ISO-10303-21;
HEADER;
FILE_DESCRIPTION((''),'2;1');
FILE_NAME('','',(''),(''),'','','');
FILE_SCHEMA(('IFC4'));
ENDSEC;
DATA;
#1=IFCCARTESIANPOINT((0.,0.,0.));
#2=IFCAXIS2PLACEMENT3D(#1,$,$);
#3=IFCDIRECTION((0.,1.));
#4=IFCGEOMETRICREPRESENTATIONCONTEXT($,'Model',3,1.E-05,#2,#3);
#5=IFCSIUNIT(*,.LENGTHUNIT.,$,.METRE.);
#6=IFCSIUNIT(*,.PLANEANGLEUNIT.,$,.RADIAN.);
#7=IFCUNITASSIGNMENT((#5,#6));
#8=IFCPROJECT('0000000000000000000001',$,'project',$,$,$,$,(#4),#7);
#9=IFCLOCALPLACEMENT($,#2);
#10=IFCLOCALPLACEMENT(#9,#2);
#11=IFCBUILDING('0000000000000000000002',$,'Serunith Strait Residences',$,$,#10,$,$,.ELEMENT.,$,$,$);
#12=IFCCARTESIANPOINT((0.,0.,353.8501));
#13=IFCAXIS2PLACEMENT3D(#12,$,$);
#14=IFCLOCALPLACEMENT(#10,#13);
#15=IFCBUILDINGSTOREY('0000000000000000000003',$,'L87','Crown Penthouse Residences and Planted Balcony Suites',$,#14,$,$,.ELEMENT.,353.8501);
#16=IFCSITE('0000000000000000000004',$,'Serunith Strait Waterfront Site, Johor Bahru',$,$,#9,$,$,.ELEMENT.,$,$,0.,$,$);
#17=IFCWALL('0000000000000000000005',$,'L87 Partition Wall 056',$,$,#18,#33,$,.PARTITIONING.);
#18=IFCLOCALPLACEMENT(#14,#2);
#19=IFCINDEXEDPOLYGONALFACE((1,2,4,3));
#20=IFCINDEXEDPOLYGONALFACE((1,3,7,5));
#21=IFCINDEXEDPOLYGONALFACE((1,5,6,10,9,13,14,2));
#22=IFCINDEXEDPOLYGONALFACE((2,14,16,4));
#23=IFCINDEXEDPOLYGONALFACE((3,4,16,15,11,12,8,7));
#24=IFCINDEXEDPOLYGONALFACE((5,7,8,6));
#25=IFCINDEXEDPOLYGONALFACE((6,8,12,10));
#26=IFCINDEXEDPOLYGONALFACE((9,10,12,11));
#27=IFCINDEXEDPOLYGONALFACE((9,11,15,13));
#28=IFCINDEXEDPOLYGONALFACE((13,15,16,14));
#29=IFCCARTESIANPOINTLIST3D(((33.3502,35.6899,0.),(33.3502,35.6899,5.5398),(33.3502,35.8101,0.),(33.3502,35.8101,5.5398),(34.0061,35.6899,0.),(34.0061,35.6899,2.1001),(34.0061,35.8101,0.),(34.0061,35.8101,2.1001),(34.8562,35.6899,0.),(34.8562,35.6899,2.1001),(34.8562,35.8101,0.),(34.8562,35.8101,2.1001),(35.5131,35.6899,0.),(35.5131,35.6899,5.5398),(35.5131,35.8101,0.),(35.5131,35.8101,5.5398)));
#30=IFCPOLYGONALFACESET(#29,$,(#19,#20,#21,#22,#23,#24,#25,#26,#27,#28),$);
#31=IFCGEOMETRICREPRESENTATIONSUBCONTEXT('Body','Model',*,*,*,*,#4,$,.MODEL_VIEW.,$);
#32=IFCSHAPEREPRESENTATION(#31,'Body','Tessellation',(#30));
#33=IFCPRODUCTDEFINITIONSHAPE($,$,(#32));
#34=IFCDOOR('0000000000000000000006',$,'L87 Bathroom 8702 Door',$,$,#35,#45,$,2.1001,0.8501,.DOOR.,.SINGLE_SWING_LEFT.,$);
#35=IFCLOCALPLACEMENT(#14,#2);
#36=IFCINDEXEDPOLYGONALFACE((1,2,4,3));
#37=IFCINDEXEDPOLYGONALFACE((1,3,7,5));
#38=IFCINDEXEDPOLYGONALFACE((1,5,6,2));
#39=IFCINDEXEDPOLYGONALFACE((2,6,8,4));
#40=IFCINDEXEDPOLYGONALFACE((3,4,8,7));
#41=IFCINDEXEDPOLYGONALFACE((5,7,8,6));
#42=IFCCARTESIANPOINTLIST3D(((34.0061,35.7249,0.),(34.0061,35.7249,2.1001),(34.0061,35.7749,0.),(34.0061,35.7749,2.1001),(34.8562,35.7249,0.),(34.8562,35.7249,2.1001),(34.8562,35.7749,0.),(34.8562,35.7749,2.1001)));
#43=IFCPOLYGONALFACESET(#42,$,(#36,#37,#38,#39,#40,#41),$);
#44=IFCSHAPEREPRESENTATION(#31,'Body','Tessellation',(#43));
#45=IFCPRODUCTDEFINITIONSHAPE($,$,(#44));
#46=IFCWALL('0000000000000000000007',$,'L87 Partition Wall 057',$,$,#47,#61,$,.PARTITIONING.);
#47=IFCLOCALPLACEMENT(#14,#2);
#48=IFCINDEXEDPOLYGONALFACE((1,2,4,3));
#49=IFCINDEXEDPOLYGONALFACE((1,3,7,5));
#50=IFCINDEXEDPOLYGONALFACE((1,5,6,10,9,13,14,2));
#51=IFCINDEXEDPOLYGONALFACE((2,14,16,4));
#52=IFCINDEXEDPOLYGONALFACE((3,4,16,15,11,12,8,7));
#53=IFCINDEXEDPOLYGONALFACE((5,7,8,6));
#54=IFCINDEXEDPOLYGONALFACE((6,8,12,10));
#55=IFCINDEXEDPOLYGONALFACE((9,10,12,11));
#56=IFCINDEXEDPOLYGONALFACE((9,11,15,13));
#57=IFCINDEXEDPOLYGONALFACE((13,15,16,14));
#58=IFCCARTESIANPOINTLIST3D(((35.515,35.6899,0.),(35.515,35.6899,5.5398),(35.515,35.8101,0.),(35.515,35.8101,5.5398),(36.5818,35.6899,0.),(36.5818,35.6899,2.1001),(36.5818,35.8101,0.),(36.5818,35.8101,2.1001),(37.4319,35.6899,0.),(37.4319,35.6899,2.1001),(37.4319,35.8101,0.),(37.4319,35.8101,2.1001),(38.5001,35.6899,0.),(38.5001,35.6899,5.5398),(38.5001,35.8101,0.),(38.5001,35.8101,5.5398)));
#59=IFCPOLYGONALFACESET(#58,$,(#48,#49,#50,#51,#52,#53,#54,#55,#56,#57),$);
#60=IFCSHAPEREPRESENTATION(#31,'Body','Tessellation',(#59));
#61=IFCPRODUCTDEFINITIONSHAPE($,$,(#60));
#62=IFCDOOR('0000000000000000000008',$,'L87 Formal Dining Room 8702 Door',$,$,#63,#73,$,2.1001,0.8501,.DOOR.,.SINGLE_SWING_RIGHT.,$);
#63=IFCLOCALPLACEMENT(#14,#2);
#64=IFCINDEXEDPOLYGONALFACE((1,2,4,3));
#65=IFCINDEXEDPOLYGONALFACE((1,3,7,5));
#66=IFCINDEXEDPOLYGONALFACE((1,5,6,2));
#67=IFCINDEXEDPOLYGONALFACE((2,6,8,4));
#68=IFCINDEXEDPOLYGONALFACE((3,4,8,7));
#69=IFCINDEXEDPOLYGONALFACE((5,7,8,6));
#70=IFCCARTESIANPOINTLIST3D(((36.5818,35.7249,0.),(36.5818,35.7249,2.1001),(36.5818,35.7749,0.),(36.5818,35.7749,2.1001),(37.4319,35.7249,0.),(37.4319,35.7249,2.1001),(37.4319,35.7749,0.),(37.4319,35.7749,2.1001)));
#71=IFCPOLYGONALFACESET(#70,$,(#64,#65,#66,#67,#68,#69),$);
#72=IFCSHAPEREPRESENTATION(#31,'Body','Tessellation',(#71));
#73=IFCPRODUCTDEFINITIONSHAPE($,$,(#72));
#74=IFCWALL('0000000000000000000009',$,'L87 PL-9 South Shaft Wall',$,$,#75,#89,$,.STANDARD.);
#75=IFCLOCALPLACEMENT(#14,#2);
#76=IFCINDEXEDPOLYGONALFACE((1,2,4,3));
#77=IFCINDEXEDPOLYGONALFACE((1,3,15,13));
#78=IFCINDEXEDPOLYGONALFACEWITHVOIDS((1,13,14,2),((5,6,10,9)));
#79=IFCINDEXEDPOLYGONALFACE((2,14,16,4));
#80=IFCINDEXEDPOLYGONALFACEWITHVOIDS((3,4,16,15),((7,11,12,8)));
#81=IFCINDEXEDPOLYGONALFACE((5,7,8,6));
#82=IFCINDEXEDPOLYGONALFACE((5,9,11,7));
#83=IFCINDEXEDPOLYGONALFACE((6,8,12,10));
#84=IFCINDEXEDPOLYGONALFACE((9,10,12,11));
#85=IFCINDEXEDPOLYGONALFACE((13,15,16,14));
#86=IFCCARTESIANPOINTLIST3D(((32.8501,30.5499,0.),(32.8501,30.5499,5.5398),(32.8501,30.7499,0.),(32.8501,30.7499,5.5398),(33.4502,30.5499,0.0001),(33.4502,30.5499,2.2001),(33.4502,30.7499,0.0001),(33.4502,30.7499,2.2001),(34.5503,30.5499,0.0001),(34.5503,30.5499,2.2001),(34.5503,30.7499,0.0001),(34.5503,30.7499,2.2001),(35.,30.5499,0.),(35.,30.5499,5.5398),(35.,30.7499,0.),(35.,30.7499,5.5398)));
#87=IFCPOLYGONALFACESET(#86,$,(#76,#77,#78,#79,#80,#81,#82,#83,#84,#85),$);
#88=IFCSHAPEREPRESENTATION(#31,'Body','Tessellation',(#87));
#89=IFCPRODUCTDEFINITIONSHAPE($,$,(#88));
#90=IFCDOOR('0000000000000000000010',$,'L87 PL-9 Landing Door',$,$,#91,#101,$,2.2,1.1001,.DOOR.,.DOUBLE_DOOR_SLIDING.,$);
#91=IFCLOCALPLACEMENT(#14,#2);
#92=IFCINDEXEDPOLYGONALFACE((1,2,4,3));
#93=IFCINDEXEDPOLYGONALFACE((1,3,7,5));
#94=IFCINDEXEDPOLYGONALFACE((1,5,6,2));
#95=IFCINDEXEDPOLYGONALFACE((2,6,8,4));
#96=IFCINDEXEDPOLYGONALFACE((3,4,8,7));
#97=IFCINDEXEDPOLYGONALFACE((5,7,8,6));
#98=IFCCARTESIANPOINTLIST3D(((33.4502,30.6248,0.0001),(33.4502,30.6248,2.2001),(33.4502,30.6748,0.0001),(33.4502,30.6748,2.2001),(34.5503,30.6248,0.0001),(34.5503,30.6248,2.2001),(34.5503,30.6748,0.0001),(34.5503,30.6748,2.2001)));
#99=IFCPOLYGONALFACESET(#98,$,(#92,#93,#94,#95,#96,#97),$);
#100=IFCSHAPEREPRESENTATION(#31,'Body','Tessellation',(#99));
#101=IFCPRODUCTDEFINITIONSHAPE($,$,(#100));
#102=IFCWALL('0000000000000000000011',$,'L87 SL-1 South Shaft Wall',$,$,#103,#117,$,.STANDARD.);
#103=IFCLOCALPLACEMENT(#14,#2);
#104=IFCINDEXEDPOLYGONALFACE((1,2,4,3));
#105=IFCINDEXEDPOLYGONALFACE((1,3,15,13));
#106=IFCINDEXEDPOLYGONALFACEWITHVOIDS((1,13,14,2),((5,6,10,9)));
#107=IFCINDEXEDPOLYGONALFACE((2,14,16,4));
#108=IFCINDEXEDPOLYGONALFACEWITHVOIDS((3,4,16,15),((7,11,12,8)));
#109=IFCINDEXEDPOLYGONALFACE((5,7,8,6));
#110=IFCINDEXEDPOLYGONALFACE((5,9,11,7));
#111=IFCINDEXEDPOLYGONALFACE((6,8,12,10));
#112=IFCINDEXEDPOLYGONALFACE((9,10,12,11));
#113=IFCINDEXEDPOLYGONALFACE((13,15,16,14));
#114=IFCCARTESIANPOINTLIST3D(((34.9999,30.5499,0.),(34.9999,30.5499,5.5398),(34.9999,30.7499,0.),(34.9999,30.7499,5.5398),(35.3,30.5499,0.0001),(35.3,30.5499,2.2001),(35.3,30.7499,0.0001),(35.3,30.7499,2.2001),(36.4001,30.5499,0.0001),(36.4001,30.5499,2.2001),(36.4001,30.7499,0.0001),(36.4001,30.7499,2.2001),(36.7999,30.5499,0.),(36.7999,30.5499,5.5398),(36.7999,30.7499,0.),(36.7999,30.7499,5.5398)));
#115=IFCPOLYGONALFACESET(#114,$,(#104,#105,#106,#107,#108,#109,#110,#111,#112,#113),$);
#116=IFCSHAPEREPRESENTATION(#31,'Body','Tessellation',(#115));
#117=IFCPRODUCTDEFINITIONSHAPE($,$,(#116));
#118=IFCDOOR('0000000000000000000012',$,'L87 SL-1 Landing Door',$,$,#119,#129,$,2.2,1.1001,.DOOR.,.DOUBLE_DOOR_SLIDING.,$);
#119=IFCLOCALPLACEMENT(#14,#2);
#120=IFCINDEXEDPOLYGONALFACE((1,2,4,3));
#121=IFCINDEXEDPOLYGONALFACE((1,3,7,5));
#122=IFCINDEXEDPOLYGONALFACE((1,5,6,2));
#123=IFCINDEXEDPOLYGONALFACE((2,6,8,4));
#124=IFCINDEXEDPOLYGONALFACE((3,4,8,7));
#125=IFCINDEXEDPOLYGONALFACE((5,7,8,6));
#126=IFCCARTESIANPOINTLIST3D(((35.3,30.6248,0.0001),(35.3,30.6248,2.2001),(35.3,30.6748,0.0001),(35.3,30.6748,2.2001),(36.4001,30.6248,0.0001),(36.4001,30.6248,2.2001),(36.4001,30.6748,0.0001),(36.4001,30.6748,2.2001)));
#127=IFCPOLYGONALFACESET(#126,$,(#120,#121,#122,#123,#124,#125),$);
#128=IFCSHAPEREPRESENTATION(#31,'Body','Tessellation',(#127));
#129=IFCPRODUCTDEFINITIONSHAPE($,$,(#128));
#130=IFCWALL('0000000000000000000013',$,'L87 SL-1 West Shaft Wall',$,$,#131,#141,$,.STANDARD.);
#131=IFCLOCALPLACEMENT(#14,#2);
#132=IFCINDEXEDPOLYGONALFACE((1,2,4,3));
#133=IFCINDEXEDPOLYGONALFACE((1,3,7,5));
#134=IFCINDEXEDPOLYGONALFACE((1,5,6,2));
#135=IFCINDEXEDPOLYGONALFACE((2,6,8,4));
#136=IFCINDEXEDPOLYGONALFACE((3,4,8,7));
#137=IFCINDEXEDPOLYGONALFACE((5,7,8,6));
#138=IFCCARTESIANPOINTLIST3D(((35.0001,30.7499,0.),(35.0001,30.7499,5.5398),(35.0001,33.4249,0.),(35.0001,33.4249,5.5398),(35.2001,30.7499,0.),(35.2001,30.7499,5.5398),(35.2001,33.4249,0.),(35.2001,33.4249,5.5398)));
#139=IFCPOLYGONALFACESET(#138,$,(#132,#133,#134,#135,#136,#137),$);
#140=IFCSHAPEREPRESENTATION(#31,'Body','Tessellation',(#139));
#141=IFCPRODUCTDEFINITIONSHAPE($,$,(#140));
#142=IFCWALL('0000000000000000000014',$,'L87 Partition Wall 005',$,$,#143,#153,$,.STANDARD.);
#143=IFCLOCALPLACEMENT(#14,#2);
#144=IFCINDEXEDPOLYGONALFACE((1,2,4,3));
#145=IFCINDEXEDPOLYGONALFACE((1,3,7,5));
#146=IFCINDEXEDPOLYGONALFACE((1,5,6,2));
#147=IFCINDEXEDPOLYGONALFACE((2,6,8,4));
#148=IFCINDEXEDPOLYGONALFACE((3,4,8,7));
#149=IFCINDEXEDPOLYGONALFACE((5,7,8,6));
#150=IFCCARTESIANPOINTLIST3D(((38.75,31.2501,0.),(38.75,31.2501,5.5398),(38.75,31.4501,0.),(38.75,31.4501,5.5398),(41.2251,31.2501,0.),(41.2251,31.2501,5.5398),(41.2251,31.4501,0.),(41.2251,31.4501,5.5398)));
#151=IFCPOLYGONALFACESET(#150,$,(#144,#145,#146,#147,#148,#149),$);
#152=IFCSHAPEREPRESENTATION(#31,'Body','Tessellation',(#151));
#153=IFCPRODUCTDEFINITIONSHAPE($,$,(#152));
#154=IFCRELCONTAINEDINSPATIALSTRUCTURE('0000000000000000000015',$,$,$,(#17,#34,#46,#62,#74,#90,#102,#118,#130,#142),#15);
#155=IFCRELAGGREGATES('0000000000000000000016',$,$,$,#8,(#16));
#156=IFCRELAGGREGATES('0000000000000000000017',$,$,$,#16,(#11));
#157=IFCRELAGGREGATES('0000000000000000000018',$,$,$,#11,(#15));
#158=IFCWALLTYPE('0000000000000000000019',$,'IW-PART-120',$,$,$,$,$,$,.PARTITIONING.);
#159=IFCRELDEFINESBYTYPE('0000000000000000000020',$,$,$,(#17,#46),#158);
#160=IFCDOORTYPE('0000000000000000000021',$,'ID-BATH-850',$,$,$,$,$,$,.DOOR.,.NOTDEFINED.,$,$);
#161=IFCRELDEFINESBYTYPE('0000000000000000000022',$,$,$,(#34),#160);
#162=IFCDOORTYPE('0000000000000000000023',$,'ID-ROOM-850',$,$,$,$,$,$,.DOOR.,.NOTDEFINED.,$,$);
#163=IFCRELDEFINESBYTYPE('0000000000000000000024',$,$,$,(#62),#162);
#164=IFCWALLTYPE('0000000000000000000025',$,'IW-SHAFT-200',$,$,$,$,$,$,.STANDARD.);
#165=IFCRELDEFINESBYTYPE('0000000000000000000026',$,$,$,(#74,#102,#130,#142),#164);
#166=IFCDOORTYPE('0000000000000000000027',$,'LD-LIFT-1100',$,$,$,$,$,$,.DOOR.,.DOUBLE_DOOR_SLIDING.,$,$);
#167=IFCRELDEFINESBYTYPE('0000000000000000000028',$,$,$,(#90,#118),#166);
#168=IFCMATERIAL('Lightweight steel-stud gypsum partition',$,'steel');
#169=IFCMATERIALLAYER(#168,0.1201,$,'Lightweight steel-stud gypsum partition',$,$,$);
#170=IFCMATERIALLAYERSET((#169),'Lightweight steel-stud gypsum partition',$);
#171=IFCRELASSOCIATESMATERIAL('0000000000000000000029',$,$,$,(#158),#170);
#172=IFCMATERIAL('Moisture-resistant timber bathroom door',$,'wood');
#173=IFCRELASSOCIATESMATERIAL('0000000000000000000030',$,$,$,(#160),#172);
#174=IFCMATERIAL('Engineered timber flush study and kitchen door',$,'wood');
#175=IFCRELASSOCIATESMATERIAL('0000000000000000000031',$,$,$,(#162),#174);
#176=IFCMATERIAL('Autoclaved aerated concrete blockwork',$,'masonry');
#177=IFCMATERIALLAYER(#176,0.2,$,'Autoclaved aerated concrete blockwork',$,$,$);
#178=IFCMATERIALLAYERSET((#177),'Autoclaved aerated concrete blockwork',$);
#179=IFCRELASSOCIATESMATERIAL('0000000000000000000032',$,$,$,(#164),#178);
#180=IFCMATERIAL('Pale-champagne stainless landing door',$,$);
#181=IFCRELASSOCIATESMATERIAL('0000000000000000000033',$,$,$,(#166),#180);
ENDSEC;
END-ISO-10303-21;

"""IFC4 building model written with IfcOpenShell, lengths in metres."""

from ifc_helpers import new_model, si_unit, direction, frame, frame_2d, origin, place, context, subcontext, project, spatial, rectangle, extrude, source, transform, mapped, material, layer, layer_set, type_object, element, fill, save


model = new_model("IFC4")

# Units and contexts
model_context = context("Model", 3, precision=1e-05, world=origin(), true_north=direction((0.0, 1.0)))
body_context = subcontext(model_context, "Body", "Model", "MODEL_VIEW")
ifc_project = project(units=[si_unit("LENGTHUNIT", "METRE"), si_unit("PLANEANGLEUNIT", "RADIAN")], contexts=[model_context])

# Site, building, storey
site_placement = place(None, origin())
site = spatial("IfcSite", under=ifc_project, at=site_placement, Name="Serunith Strait Waterfront Site, Johor Bahru", CompositionType="ELEMENT", RefElevation=0.0)
building_placement = place(site_placement, origin())
building = spatial("IfcBuilding", under=site, at=building_placement, Name="Serunith Strait Residences", CompositionType="ELEMENT")
storey_placement = place(building_placement, frame((0.0, 0.0, 353.8501)))
storey = spatial("IfcBuildingStorey", under=building, at=storey_placement, Name="L87", Description="Crown Penthouse Residences and Planted Balcony Suites", CompositionType="ELEMENT", Elevation=353.8501)

# Walls, openings, doors
shared_shape_1 = source(origin(), body_context, "Body", "SweptSolid", [
    extrude(rectangle(XDim=0.8501, YDim=2.1001, at=frame_2d((0.425, 1.05))), frame((0.0, 0.0249, 0.0), z_axis=(0.0, -1.0, 0.0), x_axis=(1.0, 0.0, 0.0)), (0.0, 0.0, 1.0), 0.05),
])
ifc_material_1 = material(Name="Lightweight steel-stud gypsum partition", Category="steel")
ifc_layer_1 = layer(ifc_material_1, 0.1201, Name="Lightweight steel-stud gypsum partition")
ifc_layer_set_1 = layer_set([ifc_layer_1], Name="Lightweight steel-stud gypsum partition")
wall_type_1 = type_object("IfcWallType", Name="IW-PART-120", PredefinedType="PARTITIONING", material=ifc_layer_set_1)
wall_1_placement = place(storey_placement, frame((33.3501, 35.75, 0.0), z_axis=(0.0, 0.0, 1.0), x_axis=(1.0, 0.0, 0.0)))
wall_1 = element("IfcWall", 1, at=wall_1_placement, inside=storey, type_object=wall_type_1, Name="L87 Partition Wall 056", PredefinedType="PARTITIONING", context=body_context, shape_type="SweptSolid", body=[
    extrude(rectangle(XDim=2.1628, YDim=0.1201, at=frame_2d((1.0815, 0.0))), origin(), (0.0, 0.0, 1.0), 5.5398),
])
opening_1_placement = place(wall_1_placement, frame((0.656, 0.0, 0.0)))
opening_1 = element("IfcOpeningElement", 2, at=opening_1_placement, cuts=wall_1, PredefinedType="OPENING", context=body_context, shape_type="SweptSolid", body=[
    extrude(rectangle(XDim=0.8501, YDim=2.1001, at=frame_2d((0.425, 1.05))), frame((0.0, 0.0701, 0.0), z_axis=(0.0, -1.0, 0.0), x_axis=(1.0, 0.0, 0.0)), (0.0, 0.0, 1.0), 0.1401),
])
ifc_material_2 = material(Name="Moisture-resistant timber bathroom door", Category="wood")
door_type_1 = type_object("IfcDoorType", Name="ID-BATH-850", OperationType="NOTDEFINED", PredefinedType="DOOR", material=ifc_material_2)
door_1_placement = place(opening_1_placement, origin())
door_1 = element("IfcDoor", 3, at=door_1_placement, inside=storey, type_object=door_type_1, Name="L87 Bathroom 8702 Door", OperationType="SINGLE_SWING_LEFT", OverallHeight=2.1001, OverallWidth=0.8501, PredefinedType="DOOR", context=body_context, shape_type="MappedRepresentation", body=[
    mapped(shared_shape_1, transform((0.0, 0.0, 0.0), scale=1.0)),
])
fill(opening_1, door_1)
wall_2_placement = place(storey_placement, frame((35.5149, 35.75, 0.0), z_axis=(0.0, 0.0, 1.0), x_axis=(1.0, 0.0, 0.0)))
wall_2 = element("IfcWall", 4, at=wall_2_placement, inside=storey, type_object=wall_type_1, Name="L87 Partition Wall 057", PredefinedType="PARTITIONING", context=body_context, shape_type="SweptSolid", body=[
    extrude(rectangle(XDim=2.9851, YDim=0.1201, at=frame_2d((1.4927, 0.0))), origin(), (0.0, 0.0, 1.0), 5.5398),
])
opening_2_placement = place(wall_2_placement, frame((1.0669, 0.0, 0.0)))
opening_2 = element("IfcOpeningElement", 5, at=opening_2_placement, cuts=wall_2, PredefinedType="OPENING", context=body_context, shape_type="SweptSolid", body=[
    extrude(rectangle(XDim=0.8501, YDim=2.1001, at=frame_2d((0.425, 1.05))), frame((0.0, 0.0701, 0.0), z_axis=(0.0, -1.0, 0.0), x_axis=(1.0, 0.0, 0.0)), (0.0, 0.0, 1.0), 0.1401),
])
ifc_material_3 = material(Name="Engineered timber flush study and kitchen door", Category="wood")
door_type_2 = type_object("IfcDoorType", Name="ID-ROOM-850", OperationType="NOTDEFINED", PredefinedType="DOOR", material=ifc_material_3)
door_2_placement = place(opening_2_placement, origin())
door_2 = element("IfcDoor", 6, at=door_2_placement, inside=storey, type_object=door_type_2, Name="L87 Formal Dining Room 8702 Door", OperationType="SINGLE_SWING_RIGHT", OverallHeight=2.1001, OverallWidth=0.8501, PredefinedType="DOOR", context=body_context, shape_type="MappedRepresentation", body=[
    mapped(shared_shape_1, transform((0.0, 0.0, 0.0), scale=1.0)),
])
fill(opening_2, door_2)
ifc_material_4 = material(Name="Autoclaved aerated concrete blockwork", Category="masonry")
ifc_layer_2 = layer(ifc_material_4, 0.2, Name="Autoclaved aerated concrete blockwork")
ifc_layer_set_2 = layer_set([ifc_layer_2], Name="Autoclaved aerated concrete blockwork")
wall_type_2 = type_object("IfcWallType", Name="IW-SHAFT-200", PredefinedType="STANDARD", material=ifc_layer_set_2)
wall_3_placement = place(storey_placement, frame((32.8501, 30.6499, 0.0), z_axis=(0.0, 0.0, 1.0), x_axis=(1.0, 0.0, 0.0)))
wall_3 = element("IfcWall", 7, at=wall_3_placement, inside=storey, type_object=wall_type_2, Name="L87 PL-9 South Shaft Wall", PredefinedType="STANDARD", context=body_context, shape_type="SweptSolid", body=[
    extrude(rectangle(XDim=2.1499, YDim=0.2, at=frame_2d((1.075, 0.0))), origin(), (0.0, 0.0, 1.0), 5.5398),
])
opening_3_placement = place(wall_3_placement, frame((0.6001, 0.0, 0.0)))
opening_3 = element("IfcOpeningElement", 8, at=opening_3_placement, cuts=wall_3, PredefinedType="OPENING", context=body_context, shape_type="SweptSolid", body=[
    extrude(rectangle(XDim=1.1001, YDim=2.2, at=frame_2d((0.55, 1.1001))), frame((0.0, 0.1099, 0.0), z_axis=(0.0, -1.0, 0.0), x_axis=(1.0, 0.0, 0.0)), (0.0, 0.0, 1.0), 0.22),
])
ifc_material_5 = material(Name="Pale-champagne stainless landing door")
door_type_3 = type_object("IfcDoorType", Name="LD-LIFT-1100", OperationType="DOUBLE_DOOR_SLIDING", PredefinedType="DOOR", material=ifc_material_5)
shared_shape_2 = source(origin(), body_context, "Body", "SweptSolid", [
    extrude(rectangle(XDim=1.1001, YDim=2.2, at=frame_2d((0.55, 1.1001))), frame((0.0, 0.0249, 0.0), z_axis=(0.0, -1.0, 0.0), x_axis=(1.0, 0.0, 0.0)), (0.0, 0.0, 1.0), 0.05),
])
door_3_placement = place(opening_3_placement, origin())
door_3 = element("IfcDoor", 9, at=door_3_placement, inside=storey, type_object=door_type_3, Name="L87 PL-9 Landing Door", OperationType="DOUBLE_DOOR_SLIDING", OverallHeight=2.2, OverallWidth=1.1001, PredefinedType="DOOR", context=body_context, shape_type="MappedRepresentation", body=[
    mapped(shared_shape_2, transform((0.0, 0.0, 0.0), scale=1.0)),
])
fill(opening_3, door_3)
wall_4_placement = place(storey_placement, frame((35.0, 30.6499, 0.0), z_axis=(0.0, 0.0, 1.0), x_axis=(1.0, 0.0, 0.0)))
wall_4 = element("IfcWall", 10, at=wall_4_placement, inside=storey, type_object=wall_type_2, Name="L87 SL-1 South Shaft Wall", PredefinedType="STANDARD", context=body_context, shape_type="SweptSolid", body=[
    extrude(rectangle(XDim=1.8, YDim=0.2, at=frame_2d((0.8999, 0.0))), origin(), (0.0, 0.0, 1.0), 5.5398),
])
opening_4_placement = place(wall_4_placement, frame((0.3, 0.0, 0.0)))
opening_4 = element("IfcOpeningElement", 11, at=opening_4_placement, cuts=wall_4, PredefinedType="OPENING", context=body_context, shape_type="SweptSolid", body=[
    extrude(rectangle(XDim=1.1001, YDim=2.2, at=frame_2d((0.55, 1.1001))), frame((0.0, 0.1099, 0.0), z_axis=(0.0, -1.0, 0.0), x_axis=(1.0, 0.0, 0.0)), (0.0, 0.0, 1.0), 0.22),
])
door_4_placement = place(opening_4_placement, origin())
door_4 = element("IfcDoor", 12, at=door_4_placement, inside=storey, type_object=door_type_3, Name="L87 SL-1 Landing Door", OperationType="DOUBLE_DOOR_SLIDING", OverallHeight=2.2, OverallWidth=1.1001, PredefinedType="DOOR", context=body_context, shape_type="MappedRepresentation", body=[
    mapped(shared_shape_2, transform((0.0, 0.0, 0.0), scale=1.0)),
])
fill(opening_4, door_4)

# Walls
wall_5_placement = place(storey_placement, frame((35.1001, 30.75, 0.0), z_axis=(0.0, 0.0, 1.0), x_axis=(0.0, 1.0, 0.0)))
element("IfcWall", 13, at=wall_5_placement, inside=storey, type_object=wall_type_2, Name="L87 SL-1 West Shaft Wall", PredefinedType="STANDARD", context=body_context, shape_type="SweptSolid", body=[
    extrude(rectangle(XDim=2.675, YDim=0.2, at=frame_2d((1.3374, 0.0))), origin(), (0.0, 0.0, 1.0), 5.5398),
])
wall_6_placement = place(storey_placement, frame((38.75, 31.3501, 0.0), z_axis=(0.0, 0.0, 1.0), x_axis=(1.0, 0.0, 0.0)))
element("IfcWall", 14, at=wall_6_placement, inside=storey, type_object=wall_type_2, Name="L87 Partition Wall 005", PredefinedType="STANDARD", context=body_context, shape_type="SweptSolid", body=[
    extrude(rectangle(XDim=2.4751, YDim=0.2, at=frame_2d((1.2375, 0.0))), origin(), (0.0, 0.0, 1.0), 5.5398),
])

save(model, "model.ifc")
